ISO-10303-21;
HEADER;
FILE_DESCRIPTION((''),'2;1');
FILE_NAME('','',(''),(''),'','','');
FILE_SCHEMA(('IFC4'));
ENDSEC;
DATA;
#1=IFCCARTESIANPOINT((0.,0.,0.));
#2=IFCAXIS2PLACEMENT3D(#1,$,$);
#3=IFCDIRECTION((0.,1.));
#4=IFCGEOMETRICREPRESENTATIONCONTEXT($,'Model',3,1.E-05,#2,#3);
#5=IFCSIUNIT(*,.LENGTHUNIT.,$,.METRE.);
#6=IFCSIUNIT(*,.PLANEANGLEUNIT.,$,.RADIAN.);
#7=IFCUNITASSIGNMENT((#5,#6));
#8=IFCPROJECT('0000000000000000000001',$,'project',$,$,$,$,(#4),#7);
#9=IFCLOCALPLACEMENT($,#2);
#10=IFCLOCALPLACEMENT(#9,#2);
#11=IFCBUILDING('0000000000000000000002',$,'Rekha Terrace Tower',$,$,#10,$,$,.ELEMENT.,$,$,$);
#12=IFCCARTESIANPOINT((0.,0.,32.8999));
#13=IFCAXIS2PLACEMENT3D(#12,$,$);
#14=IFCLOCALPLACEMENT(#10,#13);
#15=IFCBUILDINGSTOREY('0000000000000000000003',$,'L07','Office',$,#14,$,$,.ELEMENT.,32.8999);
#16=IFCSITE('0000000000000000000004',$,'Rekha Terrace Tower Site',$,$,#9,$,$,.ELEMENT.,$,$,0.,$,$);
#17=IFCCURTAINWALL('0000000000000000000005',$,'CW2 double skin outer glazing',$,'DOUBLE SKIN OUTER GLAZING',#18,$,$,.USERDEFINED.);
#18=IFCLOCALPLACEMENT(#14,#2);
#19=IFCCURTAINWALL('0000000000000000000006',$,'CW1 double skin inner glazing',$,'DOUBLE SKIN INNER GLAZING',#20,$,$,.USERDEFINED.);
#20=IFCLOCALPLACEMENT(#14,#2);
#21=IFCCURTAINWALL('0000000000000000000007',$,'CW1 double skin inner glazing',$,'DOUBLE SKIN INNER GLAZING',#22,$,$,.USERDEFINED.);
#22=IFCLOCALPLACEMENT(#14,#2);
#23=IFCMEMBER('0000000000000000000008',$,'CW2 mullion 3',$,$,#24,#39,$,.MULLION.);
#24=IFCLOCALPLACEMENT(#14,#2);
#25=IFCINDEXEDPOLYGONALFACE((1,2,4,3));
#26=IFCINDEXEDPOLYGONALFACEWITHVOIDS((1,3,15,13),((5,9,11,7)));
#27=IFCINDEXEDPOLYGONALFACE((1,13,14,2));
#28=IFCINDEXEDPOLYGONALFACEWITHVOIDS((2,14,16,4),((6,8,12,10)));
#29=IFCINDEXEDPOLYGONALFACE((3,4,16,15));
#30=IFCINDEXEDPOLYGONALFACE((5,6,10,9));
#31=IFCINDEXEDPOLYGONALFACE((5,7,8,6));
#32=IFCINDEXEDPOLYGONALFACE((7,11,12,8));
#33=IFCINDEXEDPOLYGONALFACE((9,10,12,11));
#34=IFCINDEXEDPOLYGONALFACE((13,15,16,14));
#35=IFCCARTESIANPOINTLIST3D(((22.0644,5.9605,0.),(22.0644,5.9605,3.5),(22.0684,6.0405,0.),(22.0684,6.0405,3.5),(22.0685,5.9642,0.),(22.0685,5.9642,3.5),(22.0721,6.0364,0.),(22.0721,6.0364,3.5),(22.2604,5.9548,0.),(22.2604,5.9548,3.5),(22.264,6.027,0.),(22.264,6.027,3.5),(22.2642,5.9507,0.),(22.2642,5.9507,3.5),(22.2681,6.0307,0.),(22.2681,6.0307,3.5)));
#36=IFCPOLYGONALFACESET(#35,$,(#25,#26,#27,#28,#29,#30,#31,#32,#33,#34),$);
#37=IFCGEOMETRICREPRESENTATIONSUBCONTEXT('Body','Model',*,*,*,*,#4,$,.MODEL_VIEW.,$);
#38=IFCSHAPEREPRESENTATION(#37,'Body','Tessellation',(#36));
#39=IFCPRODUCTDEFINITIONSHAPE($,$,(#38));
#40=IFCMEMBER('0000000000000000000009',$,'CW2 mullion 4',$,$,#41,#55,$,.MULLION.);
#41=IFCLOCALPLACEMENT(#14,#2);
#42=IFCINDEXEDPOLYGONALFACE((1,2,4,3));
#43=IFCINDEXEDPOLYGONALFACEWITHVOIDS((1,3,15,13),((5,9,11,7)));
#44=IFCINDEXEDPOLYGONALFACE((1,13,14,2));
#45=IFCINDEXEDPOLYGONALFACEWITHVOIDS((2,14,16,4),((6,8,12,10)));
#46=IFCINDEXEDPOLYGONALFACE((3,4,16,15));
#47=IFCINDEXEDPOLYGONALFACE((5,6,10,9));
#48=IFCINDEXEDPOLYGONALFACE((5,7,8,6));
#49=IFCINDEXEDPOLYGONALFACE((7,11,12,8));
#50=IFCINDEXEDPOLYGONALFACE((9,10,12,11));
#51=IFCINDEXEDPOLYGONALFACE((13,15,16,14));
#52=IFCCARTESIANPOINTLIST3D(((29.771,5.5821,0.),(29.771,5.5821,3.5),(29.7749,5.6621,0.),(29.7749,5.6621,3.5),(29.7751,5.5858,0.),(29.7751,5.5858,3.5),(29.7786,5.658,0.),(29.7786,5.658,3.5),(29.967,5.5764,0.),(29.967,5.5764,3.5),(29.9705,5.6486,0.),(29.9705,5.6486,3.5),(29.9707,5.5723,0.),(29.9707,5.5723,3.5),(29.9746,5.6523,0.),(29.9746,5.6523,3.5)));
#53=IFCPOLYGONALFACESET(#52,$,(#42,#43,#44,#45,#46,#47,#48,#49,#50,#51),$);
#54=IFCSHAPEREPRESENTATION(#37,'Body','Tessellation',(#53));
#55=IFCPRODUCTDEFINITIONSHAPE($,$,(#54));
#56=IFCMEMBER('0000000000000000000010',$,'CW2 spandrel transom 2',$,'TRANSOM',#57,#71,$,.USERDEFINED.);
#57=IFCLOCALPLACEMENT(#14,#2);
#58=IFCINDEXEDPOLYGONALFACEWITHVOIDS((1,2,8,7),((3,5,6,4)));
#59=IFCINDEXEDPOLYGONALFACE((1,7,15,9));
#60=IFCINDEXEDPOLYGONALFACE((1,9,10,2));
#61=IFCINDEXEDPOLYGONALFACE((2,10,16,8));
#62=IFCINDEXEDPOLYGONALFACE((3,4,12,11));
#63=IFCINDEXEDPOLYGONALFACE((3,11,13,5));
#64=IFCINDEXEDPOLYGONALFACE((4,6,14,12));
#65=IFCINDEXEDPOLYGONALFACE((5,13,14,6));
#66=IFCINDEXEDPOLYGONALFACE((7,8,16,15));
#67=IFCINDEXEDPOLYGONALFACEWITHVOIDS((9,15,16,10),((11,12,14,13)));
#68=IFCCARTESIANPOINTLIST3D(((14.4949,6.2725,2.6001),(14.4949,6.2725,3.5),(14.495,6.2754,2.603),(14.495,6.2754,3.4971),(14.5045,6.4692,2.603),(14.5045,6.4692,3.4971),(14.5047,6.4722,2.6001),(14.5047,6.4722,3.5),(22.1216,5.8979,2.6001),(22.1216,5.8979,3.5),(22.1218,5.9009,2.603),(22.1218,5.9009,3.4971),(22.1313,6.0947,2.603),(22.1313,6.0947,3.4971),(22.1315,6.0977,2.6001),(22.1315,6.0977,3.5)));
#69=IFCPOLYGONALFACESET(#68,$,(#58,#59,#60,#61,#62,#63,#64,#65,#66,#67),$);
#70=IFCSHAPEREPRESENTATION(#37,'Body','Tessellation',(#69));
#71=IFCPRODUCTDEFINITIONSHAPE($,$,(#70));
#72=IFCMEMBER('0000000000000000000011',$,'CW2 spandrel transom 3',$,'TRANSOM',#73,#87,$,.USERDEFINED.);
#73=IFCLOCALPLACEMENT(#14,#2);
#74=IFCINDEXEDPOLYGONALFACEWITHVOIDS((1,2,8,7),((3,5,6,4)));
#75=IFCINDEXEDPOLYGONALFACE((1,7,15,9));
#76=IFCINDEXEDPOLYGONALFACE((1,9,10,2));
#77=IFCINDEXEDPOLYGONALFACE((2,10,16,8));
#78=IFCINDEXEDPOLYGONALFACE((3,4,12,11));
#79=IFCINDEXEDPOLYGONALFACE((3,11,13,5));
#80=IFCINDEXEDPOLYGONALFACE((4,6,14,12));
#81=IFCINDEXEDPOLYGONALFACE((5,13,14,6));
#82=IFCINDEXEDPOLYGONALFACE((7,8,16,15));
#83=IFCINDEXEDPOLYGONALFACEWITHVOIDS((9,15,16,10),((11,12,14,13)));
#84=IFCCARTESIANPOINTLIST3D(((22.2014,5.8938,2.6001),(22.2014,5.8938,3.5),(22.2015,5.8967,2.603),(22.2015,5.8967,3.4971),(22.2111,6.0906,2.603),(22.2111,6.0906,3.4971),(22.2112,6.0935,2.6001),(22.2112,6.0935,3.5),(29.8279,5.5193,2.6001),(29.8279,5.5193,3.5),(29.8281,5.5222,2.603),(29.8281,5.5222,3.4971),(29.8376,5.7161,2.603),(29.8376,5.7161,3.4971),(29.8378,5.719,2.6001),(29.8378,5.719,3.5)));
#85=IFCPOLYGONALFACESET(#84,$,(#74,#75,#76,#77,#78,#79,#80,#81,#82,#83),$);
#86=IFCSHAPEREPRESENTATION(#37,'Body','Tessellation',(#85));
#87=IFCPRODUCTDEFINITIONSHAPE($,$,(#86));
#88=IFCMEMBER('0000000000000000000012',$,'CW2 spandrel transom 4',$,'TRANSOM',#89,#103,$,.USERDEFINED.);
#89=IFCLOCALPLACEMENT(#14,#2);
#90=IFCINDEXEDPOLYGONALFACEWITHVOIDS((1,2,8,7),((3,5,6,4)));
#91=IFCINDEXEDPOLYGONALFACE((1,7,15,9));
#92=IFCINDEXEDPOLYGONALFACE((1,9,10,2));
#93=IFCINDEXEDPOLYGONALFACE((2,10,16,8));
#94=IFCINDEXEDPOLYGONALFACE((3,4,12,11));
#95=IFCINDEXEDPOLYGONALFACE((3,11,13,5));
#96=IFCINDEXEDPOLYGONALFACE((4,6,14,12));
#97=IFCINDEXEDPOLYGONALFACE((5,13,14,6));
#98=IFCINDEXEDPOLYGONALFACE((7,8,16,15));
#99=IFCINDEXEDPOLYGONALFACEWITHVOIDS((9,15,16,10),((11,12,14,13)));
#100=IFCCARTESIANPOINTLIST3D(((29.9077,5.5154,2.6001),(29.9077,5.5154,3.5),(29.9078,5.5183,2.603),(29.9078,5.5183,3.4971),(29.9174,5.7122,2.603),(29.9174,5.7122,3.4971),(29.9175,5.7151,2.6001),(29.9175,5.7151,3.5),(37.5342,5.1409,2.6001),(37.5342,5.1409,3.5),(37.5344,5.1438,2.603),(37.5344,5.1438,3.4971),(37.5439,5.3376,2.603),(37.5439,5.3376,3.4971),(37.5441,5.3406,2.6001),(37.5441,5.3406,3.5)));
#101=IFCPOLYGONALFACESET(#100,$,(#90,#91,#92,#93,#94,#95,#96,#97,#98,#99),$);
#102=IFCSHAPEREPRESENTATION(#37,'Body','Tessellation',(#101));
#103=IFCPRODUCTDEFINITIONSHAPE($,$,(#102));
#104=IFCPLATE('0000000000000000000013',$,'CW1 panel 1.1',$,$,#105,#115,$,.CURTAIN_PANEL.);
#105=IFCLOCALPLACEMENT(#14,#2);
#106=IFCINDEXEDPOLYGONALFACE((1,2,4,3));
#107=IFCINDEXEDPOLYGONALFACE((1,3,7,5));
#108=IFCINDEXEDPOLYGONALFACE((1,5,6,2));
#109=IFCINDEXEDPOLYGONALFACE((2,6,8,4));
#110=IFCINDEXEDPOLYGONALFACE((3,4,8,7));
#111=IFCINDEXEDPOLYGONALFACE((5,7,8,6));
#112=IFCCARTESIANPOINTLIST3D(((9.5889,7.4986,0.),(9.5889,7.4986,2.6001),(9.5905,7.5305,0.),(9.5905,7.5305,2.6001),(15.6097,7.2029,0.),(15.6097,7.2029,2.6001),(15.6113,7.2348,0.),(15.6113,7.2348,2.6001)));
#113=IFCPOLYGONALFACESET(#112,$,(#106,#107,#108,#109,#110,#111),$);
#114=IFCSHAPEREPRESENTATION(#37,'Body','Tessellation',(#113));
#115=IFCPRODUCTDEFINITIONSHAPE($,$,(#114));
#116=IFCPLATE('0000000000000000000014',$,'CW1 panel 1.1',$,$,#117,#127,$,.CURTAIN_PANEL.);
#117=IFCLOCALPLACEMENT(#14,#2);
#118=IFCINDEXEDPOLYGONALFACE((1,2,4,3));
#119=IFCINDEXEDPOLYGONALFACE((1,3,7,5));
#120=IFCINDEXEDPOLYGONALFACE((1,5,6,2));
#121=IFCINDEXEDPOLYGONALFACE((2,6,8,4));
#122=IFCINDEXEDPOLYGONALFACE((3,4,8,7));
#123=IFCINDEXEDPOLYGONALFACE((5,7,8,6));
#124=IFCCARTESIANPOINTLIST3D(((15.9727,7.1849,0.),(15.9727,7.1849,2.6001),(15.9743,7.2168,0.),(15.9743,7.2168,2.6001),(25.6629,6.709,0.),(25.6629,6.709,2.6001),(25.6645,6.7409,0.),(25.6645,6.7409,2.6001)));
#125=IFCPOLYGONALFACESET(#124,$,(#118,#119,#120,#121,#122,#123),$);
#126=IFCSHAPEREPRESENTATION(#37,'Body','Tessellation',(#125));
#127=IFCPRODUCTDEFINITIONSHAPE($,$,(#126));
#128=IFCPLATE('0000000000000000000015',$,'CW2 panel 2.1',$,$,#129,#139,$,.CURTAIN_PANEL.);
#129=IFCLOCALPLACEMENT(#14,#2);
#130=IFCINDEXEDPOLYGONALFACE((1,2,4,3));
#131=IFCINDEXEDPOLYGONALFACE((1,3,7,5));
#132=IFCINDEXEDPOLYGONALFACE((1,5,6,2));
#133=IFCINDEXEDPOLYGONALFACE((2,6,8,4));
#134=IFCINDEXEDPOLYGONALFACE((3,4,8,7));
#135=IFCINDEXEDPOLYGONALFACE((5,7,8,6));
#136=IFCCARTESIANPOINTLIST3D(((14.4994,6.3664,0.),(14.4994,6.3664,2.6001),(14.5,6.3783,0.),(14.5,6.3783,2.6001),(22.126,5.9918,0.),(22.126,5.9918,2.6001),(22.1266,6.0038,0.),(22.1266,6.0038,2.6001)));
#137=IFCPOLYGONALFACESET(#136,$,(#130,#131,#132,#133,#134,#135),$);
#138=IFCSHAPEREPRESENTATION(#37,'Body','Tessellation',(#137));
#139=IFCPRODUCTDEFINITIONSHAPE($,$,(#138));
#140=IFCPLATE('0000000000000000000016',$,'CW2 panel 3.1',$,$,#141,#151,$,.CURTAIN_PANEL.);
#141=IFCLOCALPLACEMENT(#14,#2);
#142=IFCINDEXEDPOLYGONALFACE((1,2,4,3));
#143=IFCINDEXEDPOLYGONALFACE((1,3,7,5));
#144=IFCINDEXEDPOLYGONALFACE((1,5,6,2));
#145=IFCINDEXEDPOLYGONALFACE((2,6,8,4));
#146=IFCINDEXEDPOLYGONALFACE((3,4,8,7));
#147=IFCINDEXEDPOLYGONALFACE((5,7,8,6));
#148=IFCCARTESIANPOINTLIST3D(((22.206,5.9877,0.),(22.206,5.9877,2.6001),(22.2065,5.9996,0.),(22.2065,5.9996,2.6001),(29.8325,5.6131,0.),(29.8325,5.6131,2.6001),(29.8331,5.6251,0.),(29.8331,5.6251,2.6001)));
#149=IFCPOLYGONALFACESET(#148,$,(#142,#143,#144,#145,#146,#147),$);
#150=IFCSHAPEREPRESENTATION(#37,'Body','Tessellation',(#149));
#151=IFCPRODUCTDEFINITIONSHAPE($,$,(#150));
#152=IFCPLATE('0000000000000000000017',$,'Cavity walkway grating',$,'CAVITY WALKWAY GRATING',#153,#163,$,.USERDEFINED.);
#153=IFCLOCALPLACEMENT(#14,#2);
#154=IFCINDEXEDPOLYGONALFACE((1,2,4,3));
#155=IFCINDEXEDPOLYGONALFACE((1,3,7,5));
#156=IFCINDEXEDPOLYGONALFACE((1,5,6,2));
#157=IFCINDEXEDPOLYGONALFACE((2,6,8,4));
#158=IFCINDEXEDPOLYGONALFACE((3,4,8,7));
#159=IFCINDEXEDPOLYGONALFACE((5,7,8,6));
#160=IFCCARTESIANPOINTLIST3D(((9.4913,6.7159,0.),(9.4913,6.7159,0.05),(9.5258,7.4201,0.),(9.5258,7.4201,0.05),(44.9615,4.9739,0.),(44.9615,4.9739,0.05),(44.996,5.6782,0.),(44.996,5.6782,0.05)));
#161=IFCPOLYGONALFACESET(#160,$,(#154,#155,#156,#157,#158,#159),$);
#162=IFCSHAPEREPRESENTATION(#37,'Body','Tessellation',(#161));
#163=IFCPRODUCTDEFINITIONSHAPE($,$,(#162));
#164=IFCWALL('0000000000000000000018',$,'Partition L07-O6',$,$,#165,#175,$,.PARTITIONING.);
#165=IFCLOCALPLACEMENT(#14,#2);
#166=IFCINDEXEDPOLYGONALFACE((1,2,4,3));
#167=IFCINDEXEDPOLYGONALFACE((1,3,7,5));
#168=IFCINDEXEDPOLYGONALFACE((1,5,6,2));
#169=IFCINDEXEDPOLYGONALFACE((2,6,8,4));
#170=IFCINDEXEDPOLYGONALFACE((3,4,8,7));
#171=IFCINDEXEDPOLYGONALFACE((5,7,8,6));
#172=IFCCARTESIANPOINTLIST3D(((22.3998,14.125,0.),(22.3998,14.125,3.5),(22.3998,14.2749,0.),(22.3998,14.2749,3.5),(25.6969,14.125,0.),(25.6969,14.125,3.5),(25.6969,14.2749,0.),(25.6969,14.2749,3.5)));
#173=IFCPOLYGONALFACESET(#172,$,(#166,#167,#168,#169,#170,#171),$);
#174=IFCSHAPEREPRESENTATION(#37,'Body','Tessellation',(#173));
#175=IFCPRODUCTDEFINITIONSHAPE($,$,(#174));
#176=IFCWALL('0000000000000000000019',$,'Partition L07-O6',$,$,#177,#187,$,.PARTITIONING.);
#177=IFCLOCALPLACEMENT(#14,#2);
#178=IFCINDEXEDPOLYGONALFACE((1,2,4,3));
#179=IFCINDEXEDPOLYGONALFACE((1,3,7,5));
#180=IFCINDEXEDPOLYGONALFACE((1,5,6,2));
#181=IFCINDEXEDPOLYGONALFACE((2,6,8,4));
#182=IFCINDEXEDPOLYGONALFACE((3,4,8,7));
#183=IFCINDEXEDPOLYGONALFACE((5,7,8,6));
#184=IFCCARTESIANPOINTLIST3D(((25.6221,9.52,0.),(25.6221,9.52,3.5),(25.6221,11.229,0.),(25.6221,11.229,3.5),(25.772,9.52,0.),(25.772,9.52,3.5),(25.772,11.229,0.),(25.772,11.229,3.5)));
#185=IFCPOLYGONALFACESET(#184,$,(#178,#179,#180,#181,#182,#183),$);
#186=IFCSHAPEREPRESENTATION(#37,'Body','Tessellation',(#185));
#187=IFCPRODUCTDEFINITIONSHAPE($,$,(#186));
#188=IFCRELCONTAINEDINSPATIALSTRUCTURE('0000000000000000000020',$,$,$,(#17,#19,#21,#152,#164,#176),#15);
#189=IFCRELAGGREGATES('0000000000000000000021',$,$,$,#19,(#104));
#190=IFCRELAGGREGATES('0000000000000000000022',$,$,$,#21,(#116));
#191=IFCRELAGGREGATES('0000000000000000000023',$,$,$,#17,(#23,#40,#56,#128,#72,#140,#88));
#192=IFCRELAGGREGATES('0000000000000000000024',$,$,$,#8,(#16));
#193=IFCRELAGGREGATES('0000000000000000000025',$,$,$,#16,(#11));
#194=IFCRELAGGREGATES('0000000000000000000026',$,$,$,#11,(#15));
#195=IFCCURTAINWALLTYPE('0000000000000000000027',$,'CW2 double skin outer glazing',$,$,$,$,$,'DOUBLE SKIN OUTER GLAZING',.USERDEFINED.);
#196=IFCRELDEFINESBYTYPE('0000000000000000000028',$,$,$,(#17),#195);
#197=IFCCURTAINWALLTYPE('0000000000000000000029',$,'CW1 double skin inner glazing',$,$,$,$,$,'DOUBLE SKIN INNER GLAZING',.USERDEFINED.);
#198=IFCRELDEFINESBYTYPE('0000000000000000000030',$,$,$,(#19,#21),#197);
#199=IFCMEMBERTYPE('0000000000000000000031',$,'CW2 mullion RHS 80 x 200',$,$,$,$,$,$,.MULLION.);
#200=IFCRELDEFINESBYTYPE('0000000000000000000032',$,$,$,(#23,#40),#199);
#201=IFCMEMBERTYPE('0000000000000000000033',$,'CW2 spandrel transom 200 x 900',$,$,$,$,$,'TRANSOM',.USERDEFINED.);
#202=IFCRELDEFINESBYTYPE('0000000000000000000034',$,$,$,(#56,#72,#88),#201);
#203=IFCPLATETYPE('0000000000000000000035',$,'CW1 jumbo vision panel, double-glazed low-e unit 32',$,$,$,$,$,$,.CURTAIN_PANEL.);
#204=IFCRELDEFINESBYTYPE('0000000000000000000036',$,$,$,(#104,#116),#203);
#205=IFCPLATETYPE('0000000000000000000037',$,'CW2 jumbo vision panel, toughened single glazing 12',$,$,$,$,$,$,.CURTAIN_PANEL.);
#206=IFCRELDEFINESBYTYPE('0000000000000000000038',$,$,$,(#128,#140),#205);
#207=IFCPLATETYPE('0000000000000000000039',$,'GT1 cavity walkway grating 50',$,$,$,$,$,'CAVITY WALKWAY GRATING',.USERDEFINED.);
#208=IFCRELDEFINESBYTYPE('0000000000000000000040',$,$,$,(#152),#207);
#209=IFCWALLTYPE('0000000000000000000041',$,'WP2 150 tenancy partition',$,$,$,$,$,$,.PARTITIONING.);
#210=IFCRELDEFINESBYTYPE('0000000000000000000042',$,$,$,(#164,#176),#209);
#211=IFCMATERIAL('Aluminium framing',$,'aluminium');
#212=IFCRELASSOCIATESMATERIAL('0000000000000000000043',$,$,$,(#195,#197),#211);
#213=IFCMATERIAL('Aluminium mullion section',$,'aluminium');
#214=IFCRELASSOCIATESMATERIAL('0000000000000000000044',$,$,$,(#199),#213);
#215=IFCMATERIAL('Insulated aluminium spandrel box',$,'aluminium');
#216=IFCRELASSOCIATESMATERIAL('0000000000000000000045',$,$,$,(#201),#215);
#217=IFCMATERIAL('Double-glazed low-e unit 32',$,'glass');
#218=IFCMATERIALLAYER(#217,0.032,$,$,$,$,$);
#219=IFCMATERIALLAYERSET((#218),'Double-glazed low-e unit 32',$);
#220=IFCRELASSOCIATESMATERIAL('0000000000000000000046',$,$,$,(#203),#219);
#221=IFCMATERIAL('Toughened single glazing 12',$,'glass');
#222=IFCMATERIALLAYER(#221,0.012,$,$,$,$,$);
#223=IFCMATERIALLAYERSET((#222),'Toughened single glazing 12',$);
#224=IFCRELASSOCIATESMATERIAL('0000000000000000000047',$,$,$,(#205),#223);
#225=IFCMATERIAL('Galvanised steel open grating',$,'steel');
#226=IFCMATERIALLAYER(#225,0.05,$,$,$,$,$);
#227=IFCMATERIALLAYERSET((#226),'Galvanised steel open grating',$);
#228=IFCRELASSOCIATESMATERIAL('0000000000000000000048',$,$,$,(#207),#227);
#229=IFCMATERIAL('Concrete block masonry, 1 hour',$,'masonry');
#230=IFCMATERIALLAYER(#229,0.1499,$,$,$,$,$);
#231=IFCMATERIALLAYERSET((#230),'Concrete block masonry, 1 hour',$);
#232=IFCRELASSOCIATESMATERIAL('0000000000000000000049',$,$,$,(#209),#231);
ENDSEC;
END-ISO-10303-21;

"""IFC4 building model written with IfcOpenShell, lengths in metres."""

from ifc_helpers import new_model, si_unit, direction, frame, frame_2d, origin, origin_2d, place, context, subcontext, project, spatial, rectangle, hollow_rectangle, extrude, material, layer, layer_set, material_profile, profile_set, type_object, element, aggregate, save


model = new_model("IFC4")

# Units and contexts
model_context = context("Model", 3, precision=1e-05, world=origin(), true_north=direction((0.0, 1.0)))
body_context = subcontext(model_context, "Body", "Model", "MODEL_VIEW")
ifc_project = project(units=[si_unit("LENGTHUNIT", "METRE"), si_unit("PLANEANGLEUNIT", "RADIAN")], contexts=[model_context])

# Site, building, storey
site_placement = place(None, origin())
site = spatial("IfcSite", under=ifc_project, at=site_placement, Name="Rekha Terrace Tower Site", CompositionType="ELEMENT", RefElevation=0.0)
building_placement = place(site_placement, origin())
building = spatial("IfcBuilding", under=site, at=building_placement, Name="Rekha Terrace Tower", CompositionType="ELEMENT")
storey_placement = place(building_placement, frame((0.0, 0.0, 32.8999)))
storey = spatial("IfcBuildingStorey", under=building, at=storey_placement, Name="L07", Description="Office", CompositionType="ELEMENT", Elevation=32.8999)

# Curtain wall
ifc_material_1 = material(Name="Aluminium framing", Category="aluminium")
curtain_wall_type_1 = type_object("IfcCurtainWallType", Name="CW2 double skin outer glazing", ElementType="DOUBLE SKIN OUTER GLAZING", PredefinedType="USERDEFINED", material=ifc_material_1)
curtain_wall_1_placement = place(storey_placement, origin())
curtain_wall_1 = element("IfcCurtainWall", 1, at=curtain_wall_1_placement, inside=storey, type_object=curtain_wall_type_1, Name="CW2 double skin outer glazing", ObjectType="DOUBLE SKIN OUTER GLAZING", PredefinedType="USERDEFINED")

# Curtain wall
curtain_wall_type_2 = type_object("IfcCurtainWallType", Name="CW1 double skin inner glazing", ElementType="DOUBLE SKIN INNER GLAZING", PredefinedType="USERDEFINED", material=ifc_material_1)
curtain_wall_2_placement = place(storey_placement, origin())
curtain_wall_2 = element("IfcCurtainWall", 2, at=curtain_wall_2_placement, inside=storey, type_object=curtain_wall_type_2, Name="CW1 double skin inner glazing", ObjectType="DOUBLE SKIN INNER GLAZING", PredefinedType="USERDEFINED")
ifc_material_2 = material(Name="Aluminium mullion section", Category="aluminium")

# Curtain wall
curtain_wall_3_placement = place(storey_placement, origin())
curtain_wall_3 = element("IfcCurtainWall", 3, at=curtain_wall_3_placement, inside=storey, type_object=curtain_wall_type_2, Name="CW1 double skin inner glazing", ObjectType="DOUBLE SKIN INNER GLAZING", PredefinedType="USERDEFINED")
ifc_material_3 = material(Name="Insulated aluminium spandrel box", Category="aluminium")

# Members
ifc_material_profile_1 = material_profile(ifc_material_2, hollow_rectangle(XDim=0.0801, YDim=0.2, WallThickness=0.0039, at=origin_2d()), Name="AL RHS 80x200")
ifc_profile_set_1 = profile_set([ifc_material_profile_1], Name="Aluminium mullion section")
member_type_1 = type_object("IfcMemberType", Name="CW2 mullion RHS 80 x 200", PredefinedType="MULLION", material=ifc_profile_set_1)
member_1_placement = place(storey_placement, frame((22.1663, 5.9956, 0.0), z_axis=(0.0, 0.0, 1.0), x_axis=(0.049052, 0.998796, 0.0)))
member_1 = element("IfcMember", 4, at=member_1_placement, type_object=member_type_1, Name="CW2 mullion 3", PredefinedType="MULLION", context=body_context, shape_type="SweptSolid", body=[
    extrude(hollow_rectangle(XDim=0.0801, YDim=0.2, WallThickness=0.0039, at=origin_2d()), origin(), (0.0, 0.0, 1.0), 3.5),
])
member_2_placement = place(storey_placement, frame((29.8728, 5.6172, 0.0), z_axis=(0.0, 0.0, 1.0), x_axis=(0.049052, 0.998796, 0.0)))
member_2 = element("IfcMember", 5, at=member_2_placement, type_object=member_type_1, Name="CW2 mullion 4", PredefinedType="MULLION", context=body_context, shape_type="SweptSolid", body=[
    extrude(hollow_rectangle(XDim=0.0801, YDim=0.2, WallThickness=0.0039, at=origin_2d()), origin(), (0.0, 0.0, 1.0), 3.5),
])
ifc_material_profile_2 = material_profile(ifc_material_3, hollow_rectangle(XDim=0.2, YDim=0.8999, WallThickness=0.0029, at=origin_2d()), Name="AL SPANDREL BOX 200x900")
ifc_profile_set_2 = profile_set([ifc_material_profile_2], Name="Insulated aluminium spandrel box")
member_type_2 = type_object("IfcMemberType", Name="CW2 spandrel transom 200 x 900", ElementType="TRANSOM", PredefinedType="USERDEFINED", material=ifc_profile_set_2)
member_3_placement = place(storey_placement, frame((14.4998, 6.3723, 3.05), z_axis=(0.998797, -0.049046, 0.0), x_axis=(0.049046, 0.998797, 0.0)))
member_3 = element("IfcMember", 6, at=member_3_placement, type_object=member_type_2, Name="CW2 spandrel transom 2", ObjectType="TRANSOM", PredefinedType="USERDEFINED", context=body_context, shape_type="SweptSolid", body=[
    extrude(hollow_rectangle(XDim=0.2, YDim=0.8999, WallThickness=0.0029, at=origin_2d()), origin(), (0.0, 0.0, 1.0), 7.636),
])
member_4_placement = place(storey_placement, frame((22.2063, 5.9937, 3.05), z_axis=(0.998796, -0.049048, 0.0), x_axis=(0.049048, 0.998796, 0.0)))
member_4 = element("IfcMember", 7, at=member_4_placement, type_object=member_type_2, Name="CW2 spandrel transom 3", ObjectType="TRANSOM", PredefinedType="USERDEFINED", context=body_context, shape_type="SweptSolid", body=[
    extrude(hollow_rectangle(XDim=0.2, YDim=0.8999, WallThickness=0.0029, at=origin_2d()), origin(), (0.0, 0.0, 1.0), 7.6357),
])
member_5_placement = place(storey_placement, frame((29.9126, 5.6152, 3.05), z_axis=(0.998796, -0.049048, 0.0), x_axis=(0.049048, 0.998796, 0.0)))
member_5 = element("IfcMember", 8, at=member_5_placement, type_object=member_type_2, Name="CW2 spandrel transom 4", ObjectType="TRANSOM", PredefinedType="USERDEFINED", context=body_context, shape_type="SweptSolid", body=[
    extrude(hollow_rectangle(XDim=0.2, YDim=0.8999, WallThickness=0.0029, at=origin_2d()), origin(), (0.0, 0.0, 1.0), 7.6357),
])

# Plates
ifc_material_4 = material(Name="Double-glazed low-e unit 32", Category="glass")
ifc_layer_1 = layer(ifc_material_4, 0.032)
ifc_layer_set_1 = layer_set([ifc_layer_1], Name="Double-glazed low-e unit 32")
plate_type_1 = type_object("IfcPlateType", Name="CW1 jumbo vision panel, double-glazed low-e unit 32", PredefinedType="CURTAIN_PANEL", material=ifc_layer_set_1)
plate_1_placement = place(storey_placement, frame((12.6001, 7.3667, 0.0), z_axis=(0.0, 0.0, 1.0), x_axis=(0.998796, -0.049052, 0.0)))
plate_1 = element("IfcPlate", 9, at=plate_1_placement, type_object=plate_type_1, Name="CW1 panel 1.1", PredefinedType="CURTAIN_PANEL", context=body_context, shape_type="SweptSolid", body=[
    extrude(rectangle(XDim=6.0281, YDim=0.032, at=origin_2d()), origin(), (0.0, 0.0, 1.0), 2.6001),
])
aggregate(curtain_wall_2, [plate_1])
plate_2_placement = place(storey_placement, frame((20.8186, 6.9629, 0.0), z_axis=(0.0, 0.0, 1.0), x_axis=(0.998796, -0.049052, 0.0)))
plate_2 = element("IfcPlate", 10, at=plate_2_placement, type_object=plate_type_1, Name="CW1 panel 1.1", PredefinedType="CURTAIN_PANEL", context=body_context, shape_type="SweptSolid", body=[
    extrude(rectangle(XDim=9.7019, YDim=0.032, at=origin_2d()), origin(), (0.0, 0.0, 1.0), 2.6001),
])
aggregate(curtain_wall_3, [plate_2])
ifc_material_5 = material(Name="Toughened single glazing 12", Category="glass")
ifc_layer_2 = layer(ifc_material_5, 0.012)
ifc_layer_set_2 = layer_set([ifc_layer_2], Name="Toughened single glazing 12")
plate_type_2 = type_object("IfcPlateType", Name="CW2 jumbo vision panel, toughened single glazing 12", PredefinedType="CURTAIN_PANEL", material=ifc_layer_set_2)
plate_3_placement = place(storey_placement, frame((18.313, 6.1851, 0.0), z_axis=(0.0, 0.0, 1.0), x_axis=(0.998796, -0.049052, 0.0)))
plate_3 = element("IfcPlate", 11, at=plate_3_placement, type_object=plate_type_2, Name="CW2 panel 2.1", PredefinedType="CURTAIN_PANEL", context=body_context, shape_type="SweptSolid", body=[
    extrude(rectangle(XDim=7.6357, YDim=0.012, at=origin_2d()), origin(), (0.0, 0.0, 1.0), 2.6001),
])
plate_4_placement = place(storey_placement, frame((26.0195, 5.8064, 0.0), z_axis=(0.0, 0.0, 1.0), x_axis=(0.998796, -0.049052, 0.0)))
plate_4 = element("IfcPlate", 12, at=plate_4_placement, type_object=plate_type_2, Name="CW2 panel 3.1", PredefinedType="CURTAIN_PANEL", context=body_context, shape_type="SweptSolid", body=[
    extrude(rectangle(XDim=7.6357, YDim=0.012, at=origin_2d()), origin(), (0.0, 0.0, 1.0), 2.6001),
])
aggregate(curtain_wall_1, [member_1, member_2, member_3, plate_3, member_4, plate_4, member_5])
ifc_material_6 = material(Name="Galvanised steel open grating", Category="steel")
ifc_layer_3 = layer(ifc_material_6, 0.05)
ifc_layer_set_3 = layer_set([ifc_layer_3], Name="Galvanised steel open grating")
plate_type_3 = type_object("IfcPlateType", Name="GT1 cavity walkway grating 50", ElementType="CAVITY WALKWAY GRATING", PredefinedType="USERDEFINED", material=ifc_layer_set_3)
plate_5_placement = place(storey_placement, frame((27.2437, 6.197, 0.0), z_axis=(0.0, 0.0, 1.0), x_axis=(0.998796, -0.049052, 0.0)))
element("IfcPlate", 13, at=plate_5_placement, inside=storey, type_object=plate_type_3, Name="Cavity walkway grating", ObjectType="CAVITY WALKWAY GRATING", PredefinedType="USERDEFINED", context=body_context, shape_type="SweptSolid", body=[
    extrude(rectangle(XDim=35.5129, YDim=0.7051, at=origin_2d()), origin(), (0.0, 0.0, 1.0), 0.05),
])

# Walls
ifc_material_7 = material(Name="Concrete block masonry, 1 hour", Category="masonry")
ifc_layer_4 = layer(ifc_material_7, 0.1499)
ifc_layer_set_4 = layer_set([ifc_layer_4], Name="Concrete block masonry, 1 hour")
wall_type_1 = type_object("IfcWallType", Name="WP2 150 tenancy partition", PredefinedType="PARTITIONING", material=ifc_layer_set_4)
wall_1_placement = place(storey_placement, frame((22.3999, 14.2, 0.0), z_axis=(0.0, 0.0, 1.0), x_axis=(1.0, 0.0, 0.0)))
element("IfcWall", 14, at=wall_1_placement, inside=storey, type_object=wall_type_1, Name="Partition L07-O6", PredefinedType="PARTITIONING", context=body_context, shape_type="SweptSolid", body=[
    extrude(rectangle(XDim=3.2971, YDim=0.1499, at=frame_2d((1.6484, 0.0))), origin(), (0.0, 0.0, 1.0), 3.5),
])
wall_2_placement = place(storey_placement, frame((25.697, 11.229, 0.0), z_axis=(0.0, 0.0, 1.0), x_axis=(0.0, -1.0, 0.0)))
element("IfcWall", 15, at=wall_2_placement, inside=storey, type_object=wall_type_1, Name="Partition L07-O6", PredefinedType="PARTITIONING", context=body_context, shape_type="SweptSolid", body=[
    extrude(rectangle(XDim=1.709, YDim=0.1499, at=frame_2d((0.8545, 0.0))), origin(), (0.0, 0.0, 1.0), 3.5),
])

save(model, "model.ifc")
